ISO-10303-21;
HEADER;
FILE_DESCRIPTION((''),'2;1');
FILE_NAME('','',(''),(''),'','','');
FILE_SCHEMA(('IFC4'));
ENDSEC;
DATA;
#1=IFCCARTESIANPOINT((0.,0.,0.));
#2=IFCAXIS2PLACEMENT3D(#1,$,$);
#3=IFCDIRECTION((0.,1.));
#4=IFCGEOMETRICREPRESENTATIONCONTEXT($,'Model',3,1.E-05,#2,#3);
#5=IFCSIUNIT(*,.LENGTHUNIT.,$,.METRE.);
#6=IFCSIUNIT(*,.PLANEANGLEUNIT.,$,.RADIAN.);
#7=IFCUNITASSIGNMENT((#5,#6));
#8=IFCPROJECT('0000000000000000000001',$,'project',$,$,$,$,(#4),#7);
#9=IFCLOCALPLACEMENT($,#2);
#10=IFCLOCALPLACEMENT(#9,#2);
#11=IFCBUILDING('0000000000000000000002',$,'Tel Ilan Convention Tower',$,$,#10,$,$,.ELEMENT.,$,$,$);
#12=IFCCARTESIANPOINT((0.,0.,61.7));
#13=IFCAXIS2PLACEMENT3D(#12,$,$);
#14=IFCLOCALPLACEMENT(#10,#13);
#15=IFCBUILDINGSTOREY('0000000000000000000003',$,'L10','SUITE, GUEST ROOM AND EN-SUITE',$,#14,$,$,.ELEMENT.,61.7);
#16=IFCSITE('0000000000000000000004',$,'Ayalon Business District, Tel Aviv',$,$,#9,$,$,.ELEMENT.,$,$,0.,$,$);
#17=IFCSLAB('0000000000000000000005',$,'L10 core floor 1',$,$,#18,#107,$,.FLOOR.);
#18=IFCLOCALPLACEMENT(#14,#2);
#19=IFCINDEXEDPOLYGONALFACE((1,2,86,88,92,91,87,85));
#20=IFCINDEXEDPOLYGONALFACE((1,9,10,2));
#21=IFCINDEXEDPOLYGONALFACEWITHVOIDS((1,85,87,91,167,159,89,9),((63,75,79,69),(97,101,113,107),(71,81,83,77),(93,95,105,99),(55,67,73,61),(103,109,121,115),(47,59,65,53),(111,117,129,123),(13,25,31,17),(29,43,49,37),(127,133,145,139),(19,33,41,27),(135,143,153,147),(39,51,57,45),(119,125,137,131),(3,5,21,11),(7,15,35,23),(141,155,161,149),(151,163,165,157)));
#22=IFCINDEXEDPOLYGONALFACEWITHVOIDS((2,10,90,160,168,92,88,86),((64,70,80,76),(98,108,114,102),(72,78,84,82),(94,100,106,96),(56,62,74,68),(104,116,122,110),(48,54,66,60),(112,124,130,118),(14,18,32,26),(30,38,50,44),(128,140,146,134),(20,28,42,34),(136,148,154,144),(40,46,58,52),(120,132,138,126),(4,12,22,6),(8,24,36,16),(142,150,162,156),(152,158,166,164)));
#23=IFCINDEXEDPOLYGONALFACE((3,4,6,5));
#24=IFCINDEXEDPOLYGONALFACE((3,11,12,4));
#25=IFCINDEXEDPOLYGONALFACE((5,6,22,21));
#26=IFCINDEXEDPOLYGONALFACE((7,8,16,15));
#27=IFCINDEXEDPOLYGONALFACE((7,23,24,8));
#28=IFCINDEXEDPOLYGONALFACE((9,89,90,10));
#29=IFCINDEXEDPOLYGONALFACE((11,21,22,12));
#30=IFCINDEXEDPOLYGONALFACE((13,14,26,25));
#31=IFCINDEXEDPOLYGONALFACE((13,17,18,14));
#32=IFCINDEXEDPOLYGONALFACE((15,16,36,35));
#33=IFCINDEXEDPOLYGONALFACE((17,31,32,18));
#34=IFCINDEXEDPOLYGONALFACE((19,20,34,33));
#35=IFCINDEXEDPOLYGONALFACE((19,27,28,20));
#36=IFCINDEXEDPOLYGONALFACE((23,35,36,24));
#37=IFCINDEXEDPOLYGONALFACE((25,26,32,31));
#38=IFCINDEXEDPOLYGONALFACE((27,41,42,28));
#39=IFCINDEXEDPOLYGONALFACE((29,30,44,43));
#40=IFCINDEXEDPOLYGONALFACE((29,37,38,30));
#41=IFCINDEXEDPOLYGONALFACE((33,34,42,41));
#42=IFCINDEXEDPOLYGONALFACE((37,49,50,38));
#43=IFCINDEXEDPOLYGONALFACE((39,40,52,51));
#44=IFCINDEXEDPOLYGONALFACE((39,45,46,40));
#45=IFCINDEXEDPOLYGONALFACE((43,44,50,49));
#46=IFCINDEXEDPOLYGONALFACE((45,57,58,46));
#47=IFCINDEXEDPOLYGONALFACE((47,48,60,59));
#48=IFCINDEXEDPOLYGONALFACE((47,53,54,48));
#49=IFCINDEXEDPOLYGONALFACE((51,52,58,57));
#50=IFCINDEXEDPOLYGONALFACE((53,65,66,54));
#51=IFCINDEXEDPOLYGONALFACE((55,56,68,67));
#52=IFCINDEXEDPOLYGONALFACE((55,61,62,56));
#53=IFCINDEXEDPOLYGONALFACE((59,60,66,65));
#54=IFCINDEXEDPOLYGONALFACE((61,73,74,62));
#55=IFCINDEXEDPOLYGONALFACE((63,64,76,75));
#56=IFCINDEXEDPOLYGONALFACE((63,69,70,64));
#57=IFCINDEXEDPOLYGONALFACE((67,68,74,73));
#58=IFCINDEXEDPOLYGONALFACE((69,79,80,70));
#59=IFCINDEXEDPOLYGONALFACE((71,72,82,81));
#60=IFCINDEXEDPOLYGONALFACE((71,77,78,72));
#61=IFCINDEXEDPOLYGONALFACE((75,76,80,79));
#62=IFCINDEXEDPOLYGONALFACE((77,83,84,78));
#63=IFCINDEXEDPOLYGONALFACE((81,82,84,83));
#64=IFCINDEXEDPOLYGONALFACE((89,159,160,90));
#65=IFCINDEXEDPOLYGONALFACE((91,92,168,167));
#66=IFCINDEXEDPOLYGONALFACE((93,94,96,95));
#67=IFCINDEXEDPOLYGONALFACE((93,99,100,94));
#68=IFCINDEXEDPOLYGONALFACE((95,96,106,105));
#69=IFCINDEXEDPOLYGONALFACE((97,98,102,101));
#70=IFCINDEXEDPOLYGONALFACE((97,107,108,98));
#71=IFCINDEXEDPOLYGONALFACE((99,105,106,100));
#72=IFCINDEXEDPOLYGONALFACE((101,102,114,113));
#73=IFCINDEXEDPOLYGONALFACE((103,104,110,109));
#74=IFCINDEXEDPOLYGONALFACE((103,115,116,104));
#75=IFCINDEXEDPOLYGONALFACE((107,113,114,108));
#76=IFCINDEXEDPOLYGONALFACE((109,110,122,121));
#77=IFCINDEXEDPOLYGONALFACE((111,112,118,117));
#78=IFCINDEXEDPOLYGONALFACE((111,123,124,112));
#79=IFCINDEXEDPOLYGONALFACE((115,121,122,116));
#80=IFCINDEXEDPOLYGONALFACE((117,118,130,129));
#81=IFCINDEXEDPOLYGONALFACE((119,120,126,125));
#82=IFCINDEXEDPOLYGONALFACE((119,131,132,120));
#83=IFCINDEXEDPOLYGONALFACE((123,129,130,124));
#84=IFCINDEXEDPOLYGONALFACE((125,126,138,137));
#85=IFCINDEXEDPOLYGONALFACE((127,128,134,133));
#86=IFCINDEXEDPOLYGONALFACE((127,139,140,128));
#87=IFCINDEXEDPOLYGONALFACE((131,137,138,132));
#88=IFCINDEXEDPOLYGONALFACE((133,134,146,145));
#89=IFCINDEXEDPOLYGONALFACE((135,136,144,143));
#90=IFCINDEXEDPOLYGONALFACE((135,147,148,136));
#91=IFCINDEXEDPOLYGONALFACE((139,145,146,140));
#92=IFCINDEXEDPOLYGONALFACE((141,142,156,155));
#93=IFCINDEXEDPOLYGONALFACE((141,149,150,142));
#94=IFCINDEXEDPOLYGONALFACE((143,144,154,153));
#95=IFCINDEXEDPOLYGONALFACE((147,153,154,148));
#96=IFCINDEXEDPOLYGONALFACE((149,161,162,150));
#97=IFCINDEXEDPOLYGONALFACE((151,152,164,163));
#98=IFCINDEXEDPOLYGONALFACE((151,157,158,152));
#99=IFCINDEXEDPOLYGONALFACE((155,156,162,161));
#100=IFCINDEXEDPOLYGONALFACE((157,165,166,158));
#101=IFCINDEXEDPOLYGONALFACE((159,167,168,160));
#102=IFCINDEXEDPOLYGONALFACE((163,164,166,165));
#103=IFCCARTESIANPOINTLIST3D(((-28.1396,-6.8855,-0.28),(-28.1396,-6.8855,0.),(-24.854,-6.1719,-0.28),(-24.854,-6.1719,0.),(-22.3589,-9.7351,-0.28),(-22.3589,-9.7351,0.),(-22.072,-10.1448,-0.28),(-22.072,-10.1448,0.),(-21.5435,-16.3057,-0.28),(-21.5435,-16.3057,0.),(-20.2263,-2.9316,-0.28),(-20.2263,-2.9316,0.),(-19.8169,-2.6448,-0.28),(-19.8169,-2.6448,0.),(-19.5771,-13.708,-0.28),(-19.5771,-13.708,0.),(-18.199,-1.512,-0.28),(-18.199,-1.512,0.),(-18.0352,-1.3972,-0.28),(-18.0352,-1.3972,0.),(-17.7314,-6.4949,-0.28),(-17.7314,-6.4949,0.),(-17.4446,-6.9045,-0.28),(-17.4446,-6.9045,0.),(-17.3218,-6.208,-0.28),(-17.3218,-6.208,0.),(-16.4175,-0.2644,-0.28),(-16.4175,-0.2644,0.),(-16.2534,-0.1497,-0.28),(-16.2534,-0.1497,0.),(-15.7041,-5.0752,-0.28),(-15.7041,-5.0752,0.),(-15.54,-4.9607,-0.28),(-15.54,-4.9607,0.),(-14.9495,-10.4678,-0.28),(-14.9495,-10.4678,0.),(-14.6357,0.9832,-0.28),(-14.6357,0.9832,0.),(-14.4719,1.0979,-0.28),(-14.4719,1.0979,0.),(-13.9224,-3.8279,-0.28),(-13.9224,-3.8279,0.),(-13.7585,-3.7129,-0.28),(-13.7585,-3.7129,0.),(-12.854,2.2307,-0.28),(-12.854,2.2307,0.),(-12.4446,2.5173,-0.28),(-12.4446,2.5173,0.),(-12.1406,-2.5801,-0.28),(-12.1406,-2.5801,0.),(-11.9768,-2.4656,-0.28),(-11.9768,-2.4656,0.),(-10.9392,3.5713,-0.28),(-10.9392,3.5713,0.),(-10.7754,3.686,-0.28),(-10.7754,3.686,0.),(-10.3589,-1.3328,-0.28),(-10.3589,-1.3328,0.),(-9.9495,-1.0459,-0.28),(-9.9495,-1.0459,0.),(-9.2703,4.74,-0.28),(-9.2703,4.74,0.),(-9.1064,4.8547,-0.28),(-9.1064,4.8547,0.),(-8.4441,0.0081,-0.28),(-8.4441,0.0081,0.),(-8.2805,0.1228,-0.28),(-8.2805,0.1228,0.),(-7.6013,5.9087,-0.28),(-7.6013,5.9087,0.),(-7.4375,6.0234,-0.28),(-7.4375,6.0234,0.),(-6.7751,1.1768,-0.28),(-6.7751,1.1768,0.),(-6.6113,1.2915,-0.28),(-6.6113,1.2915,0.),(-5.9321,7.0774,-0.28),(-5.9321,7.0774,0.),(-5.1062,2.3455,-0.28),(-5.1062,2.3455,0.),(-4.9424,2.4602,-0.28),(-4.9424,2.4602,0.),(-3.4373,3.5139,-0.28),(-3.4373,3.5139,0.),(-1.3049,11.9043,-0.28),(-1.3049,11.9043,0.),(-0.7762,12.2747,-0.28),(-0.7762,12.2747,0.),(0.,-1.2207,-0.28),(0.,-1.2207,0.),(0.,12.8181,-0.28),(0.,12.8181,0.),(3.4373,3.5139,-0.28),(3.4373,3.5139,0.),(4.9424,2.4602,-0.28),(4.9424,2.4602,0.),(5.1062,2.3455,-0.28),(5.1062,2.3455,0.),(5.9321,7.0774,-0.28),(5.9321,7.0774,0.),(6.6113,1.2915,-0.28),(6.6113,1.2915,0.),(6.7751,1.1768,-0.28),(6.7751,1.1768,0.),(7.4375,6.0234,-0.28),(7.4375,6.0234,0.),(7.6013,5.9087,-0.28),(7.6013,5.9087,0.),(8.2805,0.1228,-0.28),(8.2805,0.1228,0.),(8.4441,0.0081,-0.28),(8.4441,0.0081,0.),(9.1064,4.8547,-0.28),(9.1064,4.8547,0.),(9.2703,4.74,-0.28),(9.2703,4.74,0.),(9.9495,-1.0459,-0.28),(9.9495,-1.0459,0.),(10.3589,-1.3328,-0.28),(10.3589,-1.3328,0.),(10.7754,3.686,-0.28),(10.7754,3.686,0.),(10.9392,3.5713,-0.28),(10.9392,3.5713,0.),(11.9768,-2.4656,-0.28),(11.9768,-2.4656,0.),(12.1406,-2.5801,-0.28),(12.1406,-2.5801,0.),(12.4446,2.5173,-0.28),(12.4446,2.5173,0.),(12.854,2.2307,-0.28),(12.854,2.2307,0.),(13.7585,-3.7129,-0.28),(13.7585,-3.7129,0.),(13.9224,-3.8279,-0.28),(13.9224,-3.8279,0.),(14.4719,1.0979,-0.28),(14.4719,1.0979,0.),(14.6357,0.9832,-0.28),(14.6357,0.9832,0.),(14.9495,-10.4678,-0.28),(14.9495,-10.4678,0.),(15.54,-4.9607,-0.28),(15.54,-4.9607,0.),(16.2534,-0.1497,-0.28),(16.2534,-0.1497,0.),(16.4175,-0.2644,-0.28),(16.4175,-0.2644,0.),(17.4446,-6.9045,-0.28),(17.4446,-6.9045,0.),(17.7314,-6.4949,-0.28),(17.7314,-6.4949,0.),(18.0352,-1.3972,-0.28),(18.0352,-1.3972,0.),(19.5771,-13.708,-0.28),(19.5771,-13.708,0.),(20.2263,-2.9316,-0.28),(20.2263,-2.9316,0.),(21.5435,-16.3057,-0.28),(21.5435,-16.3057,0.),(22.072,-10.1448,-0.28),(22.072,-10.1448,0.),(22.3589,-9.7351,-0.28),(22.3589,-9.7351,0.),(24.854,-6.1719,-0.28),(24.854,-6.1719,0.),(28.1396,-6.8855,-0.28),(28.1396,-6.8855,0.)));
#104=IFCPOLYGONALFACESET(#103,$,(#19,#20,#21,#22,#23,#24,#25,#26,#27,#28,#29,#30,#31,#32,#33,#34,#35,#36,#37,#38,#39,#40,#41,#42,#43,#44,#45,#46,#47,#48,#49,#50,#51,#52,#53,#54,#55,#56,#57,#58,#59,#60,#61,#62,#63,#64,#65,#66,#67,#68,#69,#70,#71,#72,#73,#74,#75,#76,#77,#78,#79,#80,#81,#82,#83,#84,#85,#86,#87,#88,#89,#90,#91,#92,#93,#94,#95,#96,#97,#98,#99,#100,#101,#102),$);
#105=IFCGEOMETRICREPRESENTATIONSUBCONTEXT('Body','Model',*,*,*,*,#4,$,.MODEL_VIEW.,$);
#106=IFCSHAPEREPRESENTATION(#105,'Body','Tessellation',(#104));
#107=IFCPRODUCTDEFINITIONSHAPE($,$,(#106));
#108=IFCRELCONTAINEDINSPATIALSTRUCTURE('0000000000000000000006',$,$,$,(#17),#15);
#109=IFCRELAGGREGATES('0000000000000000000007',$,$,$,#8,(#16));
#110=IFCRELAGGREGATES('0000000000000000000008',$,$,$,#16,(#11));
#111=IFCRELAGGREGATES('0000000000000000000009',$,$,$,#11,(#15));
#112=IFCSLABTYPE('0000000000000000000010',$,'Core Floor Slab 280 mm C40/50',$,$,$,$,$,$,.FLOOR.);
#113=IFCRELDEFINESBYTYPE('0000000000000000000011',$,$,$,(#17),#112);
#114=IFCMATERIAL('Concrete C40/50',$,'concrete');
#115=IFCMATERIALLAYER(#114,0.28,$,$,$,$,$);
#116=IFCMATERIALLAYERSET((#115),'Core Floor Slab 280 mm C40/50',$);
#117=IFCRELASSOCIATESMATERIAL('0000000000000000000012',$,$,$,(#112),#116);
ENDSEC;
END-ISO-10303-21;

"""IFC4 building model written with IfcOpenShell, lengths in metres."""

from ifc_helpers import new_model, si_unit, direction, frame, origin, place, context, subcontext, project, spatial, polyline, outline, extrude, material, layer, layer_set, type_object, element, save


model = new_model("IFC4")

# Units and contexts
model_context = context("Model", 3, precision=1e-05, world=origin(), true_north=direction((0.0, 1.0)))
body_context = subcontext(model_context, "Body", "Model", "MODEL_VIEW")
ifc_project = project(units=[si_unit("LENGTHUNIT", "METRE"), si_unit("PLANEANGLEUNIT", "RADIAN")], contexts=[model_context])

# Site, building, storey
site_placement = place(None, origin())
site = spatial("IfcSite", under=ifc_project, at=site_placement, Name="Ayalon Business District, Tel Aviv", CompositionType="ELEMENT", RefElevation=0.0)
building_placement = place(site_placement, origin())
building = spatial("IfcBuilding", under=site, at=building_placement, Name="Tel Ilan Convention Tower", CompositionType="ELEMENT")
storey_placement = place(building_placement, frame((0.0, 0.0, 61.7)))
storey = spatial("IfcBuildingStorey", under=building, at=storey_placement, Name="L10", Description="SUITE, GUEST ROOM AND EN-SUITE", CompositionType="ELEMENT", Elevation=61.7)

# Slab
ifc_material_1 = material(Name="Concrete C40/50", Category="concrete")
ifc_layer_1 = layer(ifc_material_1, 0.28)
ifc_layer_set_1 = layer_set([ifc_layer_1], Name="Core Floor Slab 280 mm C40/50")
slab_type_1 = type_object("IfcSlabType", Name="Core Floor Slab 280 mm C40/50", PredefinedType="FLOOR", material=ifc_layer_set_1)
slab_1_placement = place(storey_placement, frame((0.0, 0.0, -0.28)))
element("IfcSlab", 1, at=slab_1_placement, inside=storey, type_object=slab_type_1, Name="L10 core floor 1", PredefinedType="FLOOR", context=body_context, shape_type="SweptSolid", body=[
    extrude(outline(polyline([(-0.2412, 12.6494), (-1.021, 12.1033), (0.0, 12.8181), (28.1396, -6.8855), (21.5435, -16.3057), (0.0, -1.2207), (-21.5435, -16.3057), (-28.1396, -6.8855), (-1.3049, 11.9043), (-0.2412, 12.6494), (-6.1907, 8.4834), (-0.2412, 12.6494)]), holes=[polyline([(-14.9495, -10.4678), (-17.4446, -6.9045), (-22.072, -10.1448), (-19.5771, -13.708), (-14.9495, -10.4678)]), polyline([(-17.7314, -6.4949), (-20.2263, -2.9316), (-24.854, -6.1719), (-22.3589, -9.7351), (-17.7314, -6.4949)]), polyline([(-18.199, -1.512), (-19.8169, -2.6448), (-17.3218, -6.208), (-15.7041, -5.0752), (-18.199, -1.512)]), polyline([(-16.4175, -0.2644), (-18.0352, -1.3972), (-15.54, -4.9607), (-13.9224, -3.8279), (-16.4175, -0.2644)]), polyline([(-14.6357, 0.9832), (-16.2534, -0.1497), (-13.7585, -3.7129), (-12.1406, -2.5801), (-14.6357, 0.9832)]), polyline([(-12.854, 2.2307), (-14.4719, 1.0979), (-11.9768, -2.4656), (-10.3589, -1.3328), (-12.854, 2.2307)]), polyline([(-10.9392, 3.5713), (-12.4446, 2.5173), (-9.9495, -1.0459), (-8.4441, 0.0081), (-10.9392, 3.5713)]), polyline([(-6.7751, 1.1768), (-9.2703, 4.74), (-10.7754, 3.686), (-8.2805, 0.1228), (-6.7751, 1.1768)]), polyline([(-5.1062, 2.3455), (-7.6013, 5.9087), (-9.1064, 4.8547), (-6.6113, 1.2915), (-5.1062, 2.3455)]), polyline([(-5.9321, 7.0774), (-7.4375, 6.0234), (-4.9424, 2.4602), (-3.4373, 3.5139), (-5.9321, 7.0774)]), polyline([(17.4446, -6.9045), (14.9495, -10.4678), (19.5771, -13.708), (22.072, -10.1448), (17.4446, -6.9045)]), polyline([(20.2263, -2.9316), (17.7314, -6.4949), (22.3589, -9.7351), (24.854, -6.1719), (20.2263, -2.9316)]), polyline([(13.9224, -3.8279), (15.54, -4.9607), (18.0352, -1.3972), (16.4175, -0.2644), (13.9224, -3.8279)]), polyline([(12.1406, -2.5801), (13.7585, -3.7129), (16.2534, -0.1497), (14.6357, 0.9832), (12.1406, -2.5801)]), polyline([(11.9768, -2.4656), (14.4719, 1.0979), (12.854, 2.2307), (10.3589, -1.3328), (11.9768, -2.4656)]), polyline([(9.9495, -1.0459), (12.4446, 2.5173), (10.9392, 3.5713), (8.4441, 0.0081), (9.9495, -1.0459)]), polyline([(8.2805, 0.1228), (10.7754, 3.686), (9.2703, 4.74), (6.7751, 1.1768), (8.2805, 0.1228)]), polyline([(5.1062, 2.3455), (6.6113, 1.2915), (9.1064, 4.8547), (7.6013, 5.9087), (5.1062, 2.3455)]), polyline([(3.4373, 3.5139), (4.9424, 2.4602), (7.4375, 6.0234), (5.9321, 7.0774), (3.4373, 3.5139)])]), origin(), (0.0, 0.0, 1.0), 0.28),
])

save(model, "model.ifc")
